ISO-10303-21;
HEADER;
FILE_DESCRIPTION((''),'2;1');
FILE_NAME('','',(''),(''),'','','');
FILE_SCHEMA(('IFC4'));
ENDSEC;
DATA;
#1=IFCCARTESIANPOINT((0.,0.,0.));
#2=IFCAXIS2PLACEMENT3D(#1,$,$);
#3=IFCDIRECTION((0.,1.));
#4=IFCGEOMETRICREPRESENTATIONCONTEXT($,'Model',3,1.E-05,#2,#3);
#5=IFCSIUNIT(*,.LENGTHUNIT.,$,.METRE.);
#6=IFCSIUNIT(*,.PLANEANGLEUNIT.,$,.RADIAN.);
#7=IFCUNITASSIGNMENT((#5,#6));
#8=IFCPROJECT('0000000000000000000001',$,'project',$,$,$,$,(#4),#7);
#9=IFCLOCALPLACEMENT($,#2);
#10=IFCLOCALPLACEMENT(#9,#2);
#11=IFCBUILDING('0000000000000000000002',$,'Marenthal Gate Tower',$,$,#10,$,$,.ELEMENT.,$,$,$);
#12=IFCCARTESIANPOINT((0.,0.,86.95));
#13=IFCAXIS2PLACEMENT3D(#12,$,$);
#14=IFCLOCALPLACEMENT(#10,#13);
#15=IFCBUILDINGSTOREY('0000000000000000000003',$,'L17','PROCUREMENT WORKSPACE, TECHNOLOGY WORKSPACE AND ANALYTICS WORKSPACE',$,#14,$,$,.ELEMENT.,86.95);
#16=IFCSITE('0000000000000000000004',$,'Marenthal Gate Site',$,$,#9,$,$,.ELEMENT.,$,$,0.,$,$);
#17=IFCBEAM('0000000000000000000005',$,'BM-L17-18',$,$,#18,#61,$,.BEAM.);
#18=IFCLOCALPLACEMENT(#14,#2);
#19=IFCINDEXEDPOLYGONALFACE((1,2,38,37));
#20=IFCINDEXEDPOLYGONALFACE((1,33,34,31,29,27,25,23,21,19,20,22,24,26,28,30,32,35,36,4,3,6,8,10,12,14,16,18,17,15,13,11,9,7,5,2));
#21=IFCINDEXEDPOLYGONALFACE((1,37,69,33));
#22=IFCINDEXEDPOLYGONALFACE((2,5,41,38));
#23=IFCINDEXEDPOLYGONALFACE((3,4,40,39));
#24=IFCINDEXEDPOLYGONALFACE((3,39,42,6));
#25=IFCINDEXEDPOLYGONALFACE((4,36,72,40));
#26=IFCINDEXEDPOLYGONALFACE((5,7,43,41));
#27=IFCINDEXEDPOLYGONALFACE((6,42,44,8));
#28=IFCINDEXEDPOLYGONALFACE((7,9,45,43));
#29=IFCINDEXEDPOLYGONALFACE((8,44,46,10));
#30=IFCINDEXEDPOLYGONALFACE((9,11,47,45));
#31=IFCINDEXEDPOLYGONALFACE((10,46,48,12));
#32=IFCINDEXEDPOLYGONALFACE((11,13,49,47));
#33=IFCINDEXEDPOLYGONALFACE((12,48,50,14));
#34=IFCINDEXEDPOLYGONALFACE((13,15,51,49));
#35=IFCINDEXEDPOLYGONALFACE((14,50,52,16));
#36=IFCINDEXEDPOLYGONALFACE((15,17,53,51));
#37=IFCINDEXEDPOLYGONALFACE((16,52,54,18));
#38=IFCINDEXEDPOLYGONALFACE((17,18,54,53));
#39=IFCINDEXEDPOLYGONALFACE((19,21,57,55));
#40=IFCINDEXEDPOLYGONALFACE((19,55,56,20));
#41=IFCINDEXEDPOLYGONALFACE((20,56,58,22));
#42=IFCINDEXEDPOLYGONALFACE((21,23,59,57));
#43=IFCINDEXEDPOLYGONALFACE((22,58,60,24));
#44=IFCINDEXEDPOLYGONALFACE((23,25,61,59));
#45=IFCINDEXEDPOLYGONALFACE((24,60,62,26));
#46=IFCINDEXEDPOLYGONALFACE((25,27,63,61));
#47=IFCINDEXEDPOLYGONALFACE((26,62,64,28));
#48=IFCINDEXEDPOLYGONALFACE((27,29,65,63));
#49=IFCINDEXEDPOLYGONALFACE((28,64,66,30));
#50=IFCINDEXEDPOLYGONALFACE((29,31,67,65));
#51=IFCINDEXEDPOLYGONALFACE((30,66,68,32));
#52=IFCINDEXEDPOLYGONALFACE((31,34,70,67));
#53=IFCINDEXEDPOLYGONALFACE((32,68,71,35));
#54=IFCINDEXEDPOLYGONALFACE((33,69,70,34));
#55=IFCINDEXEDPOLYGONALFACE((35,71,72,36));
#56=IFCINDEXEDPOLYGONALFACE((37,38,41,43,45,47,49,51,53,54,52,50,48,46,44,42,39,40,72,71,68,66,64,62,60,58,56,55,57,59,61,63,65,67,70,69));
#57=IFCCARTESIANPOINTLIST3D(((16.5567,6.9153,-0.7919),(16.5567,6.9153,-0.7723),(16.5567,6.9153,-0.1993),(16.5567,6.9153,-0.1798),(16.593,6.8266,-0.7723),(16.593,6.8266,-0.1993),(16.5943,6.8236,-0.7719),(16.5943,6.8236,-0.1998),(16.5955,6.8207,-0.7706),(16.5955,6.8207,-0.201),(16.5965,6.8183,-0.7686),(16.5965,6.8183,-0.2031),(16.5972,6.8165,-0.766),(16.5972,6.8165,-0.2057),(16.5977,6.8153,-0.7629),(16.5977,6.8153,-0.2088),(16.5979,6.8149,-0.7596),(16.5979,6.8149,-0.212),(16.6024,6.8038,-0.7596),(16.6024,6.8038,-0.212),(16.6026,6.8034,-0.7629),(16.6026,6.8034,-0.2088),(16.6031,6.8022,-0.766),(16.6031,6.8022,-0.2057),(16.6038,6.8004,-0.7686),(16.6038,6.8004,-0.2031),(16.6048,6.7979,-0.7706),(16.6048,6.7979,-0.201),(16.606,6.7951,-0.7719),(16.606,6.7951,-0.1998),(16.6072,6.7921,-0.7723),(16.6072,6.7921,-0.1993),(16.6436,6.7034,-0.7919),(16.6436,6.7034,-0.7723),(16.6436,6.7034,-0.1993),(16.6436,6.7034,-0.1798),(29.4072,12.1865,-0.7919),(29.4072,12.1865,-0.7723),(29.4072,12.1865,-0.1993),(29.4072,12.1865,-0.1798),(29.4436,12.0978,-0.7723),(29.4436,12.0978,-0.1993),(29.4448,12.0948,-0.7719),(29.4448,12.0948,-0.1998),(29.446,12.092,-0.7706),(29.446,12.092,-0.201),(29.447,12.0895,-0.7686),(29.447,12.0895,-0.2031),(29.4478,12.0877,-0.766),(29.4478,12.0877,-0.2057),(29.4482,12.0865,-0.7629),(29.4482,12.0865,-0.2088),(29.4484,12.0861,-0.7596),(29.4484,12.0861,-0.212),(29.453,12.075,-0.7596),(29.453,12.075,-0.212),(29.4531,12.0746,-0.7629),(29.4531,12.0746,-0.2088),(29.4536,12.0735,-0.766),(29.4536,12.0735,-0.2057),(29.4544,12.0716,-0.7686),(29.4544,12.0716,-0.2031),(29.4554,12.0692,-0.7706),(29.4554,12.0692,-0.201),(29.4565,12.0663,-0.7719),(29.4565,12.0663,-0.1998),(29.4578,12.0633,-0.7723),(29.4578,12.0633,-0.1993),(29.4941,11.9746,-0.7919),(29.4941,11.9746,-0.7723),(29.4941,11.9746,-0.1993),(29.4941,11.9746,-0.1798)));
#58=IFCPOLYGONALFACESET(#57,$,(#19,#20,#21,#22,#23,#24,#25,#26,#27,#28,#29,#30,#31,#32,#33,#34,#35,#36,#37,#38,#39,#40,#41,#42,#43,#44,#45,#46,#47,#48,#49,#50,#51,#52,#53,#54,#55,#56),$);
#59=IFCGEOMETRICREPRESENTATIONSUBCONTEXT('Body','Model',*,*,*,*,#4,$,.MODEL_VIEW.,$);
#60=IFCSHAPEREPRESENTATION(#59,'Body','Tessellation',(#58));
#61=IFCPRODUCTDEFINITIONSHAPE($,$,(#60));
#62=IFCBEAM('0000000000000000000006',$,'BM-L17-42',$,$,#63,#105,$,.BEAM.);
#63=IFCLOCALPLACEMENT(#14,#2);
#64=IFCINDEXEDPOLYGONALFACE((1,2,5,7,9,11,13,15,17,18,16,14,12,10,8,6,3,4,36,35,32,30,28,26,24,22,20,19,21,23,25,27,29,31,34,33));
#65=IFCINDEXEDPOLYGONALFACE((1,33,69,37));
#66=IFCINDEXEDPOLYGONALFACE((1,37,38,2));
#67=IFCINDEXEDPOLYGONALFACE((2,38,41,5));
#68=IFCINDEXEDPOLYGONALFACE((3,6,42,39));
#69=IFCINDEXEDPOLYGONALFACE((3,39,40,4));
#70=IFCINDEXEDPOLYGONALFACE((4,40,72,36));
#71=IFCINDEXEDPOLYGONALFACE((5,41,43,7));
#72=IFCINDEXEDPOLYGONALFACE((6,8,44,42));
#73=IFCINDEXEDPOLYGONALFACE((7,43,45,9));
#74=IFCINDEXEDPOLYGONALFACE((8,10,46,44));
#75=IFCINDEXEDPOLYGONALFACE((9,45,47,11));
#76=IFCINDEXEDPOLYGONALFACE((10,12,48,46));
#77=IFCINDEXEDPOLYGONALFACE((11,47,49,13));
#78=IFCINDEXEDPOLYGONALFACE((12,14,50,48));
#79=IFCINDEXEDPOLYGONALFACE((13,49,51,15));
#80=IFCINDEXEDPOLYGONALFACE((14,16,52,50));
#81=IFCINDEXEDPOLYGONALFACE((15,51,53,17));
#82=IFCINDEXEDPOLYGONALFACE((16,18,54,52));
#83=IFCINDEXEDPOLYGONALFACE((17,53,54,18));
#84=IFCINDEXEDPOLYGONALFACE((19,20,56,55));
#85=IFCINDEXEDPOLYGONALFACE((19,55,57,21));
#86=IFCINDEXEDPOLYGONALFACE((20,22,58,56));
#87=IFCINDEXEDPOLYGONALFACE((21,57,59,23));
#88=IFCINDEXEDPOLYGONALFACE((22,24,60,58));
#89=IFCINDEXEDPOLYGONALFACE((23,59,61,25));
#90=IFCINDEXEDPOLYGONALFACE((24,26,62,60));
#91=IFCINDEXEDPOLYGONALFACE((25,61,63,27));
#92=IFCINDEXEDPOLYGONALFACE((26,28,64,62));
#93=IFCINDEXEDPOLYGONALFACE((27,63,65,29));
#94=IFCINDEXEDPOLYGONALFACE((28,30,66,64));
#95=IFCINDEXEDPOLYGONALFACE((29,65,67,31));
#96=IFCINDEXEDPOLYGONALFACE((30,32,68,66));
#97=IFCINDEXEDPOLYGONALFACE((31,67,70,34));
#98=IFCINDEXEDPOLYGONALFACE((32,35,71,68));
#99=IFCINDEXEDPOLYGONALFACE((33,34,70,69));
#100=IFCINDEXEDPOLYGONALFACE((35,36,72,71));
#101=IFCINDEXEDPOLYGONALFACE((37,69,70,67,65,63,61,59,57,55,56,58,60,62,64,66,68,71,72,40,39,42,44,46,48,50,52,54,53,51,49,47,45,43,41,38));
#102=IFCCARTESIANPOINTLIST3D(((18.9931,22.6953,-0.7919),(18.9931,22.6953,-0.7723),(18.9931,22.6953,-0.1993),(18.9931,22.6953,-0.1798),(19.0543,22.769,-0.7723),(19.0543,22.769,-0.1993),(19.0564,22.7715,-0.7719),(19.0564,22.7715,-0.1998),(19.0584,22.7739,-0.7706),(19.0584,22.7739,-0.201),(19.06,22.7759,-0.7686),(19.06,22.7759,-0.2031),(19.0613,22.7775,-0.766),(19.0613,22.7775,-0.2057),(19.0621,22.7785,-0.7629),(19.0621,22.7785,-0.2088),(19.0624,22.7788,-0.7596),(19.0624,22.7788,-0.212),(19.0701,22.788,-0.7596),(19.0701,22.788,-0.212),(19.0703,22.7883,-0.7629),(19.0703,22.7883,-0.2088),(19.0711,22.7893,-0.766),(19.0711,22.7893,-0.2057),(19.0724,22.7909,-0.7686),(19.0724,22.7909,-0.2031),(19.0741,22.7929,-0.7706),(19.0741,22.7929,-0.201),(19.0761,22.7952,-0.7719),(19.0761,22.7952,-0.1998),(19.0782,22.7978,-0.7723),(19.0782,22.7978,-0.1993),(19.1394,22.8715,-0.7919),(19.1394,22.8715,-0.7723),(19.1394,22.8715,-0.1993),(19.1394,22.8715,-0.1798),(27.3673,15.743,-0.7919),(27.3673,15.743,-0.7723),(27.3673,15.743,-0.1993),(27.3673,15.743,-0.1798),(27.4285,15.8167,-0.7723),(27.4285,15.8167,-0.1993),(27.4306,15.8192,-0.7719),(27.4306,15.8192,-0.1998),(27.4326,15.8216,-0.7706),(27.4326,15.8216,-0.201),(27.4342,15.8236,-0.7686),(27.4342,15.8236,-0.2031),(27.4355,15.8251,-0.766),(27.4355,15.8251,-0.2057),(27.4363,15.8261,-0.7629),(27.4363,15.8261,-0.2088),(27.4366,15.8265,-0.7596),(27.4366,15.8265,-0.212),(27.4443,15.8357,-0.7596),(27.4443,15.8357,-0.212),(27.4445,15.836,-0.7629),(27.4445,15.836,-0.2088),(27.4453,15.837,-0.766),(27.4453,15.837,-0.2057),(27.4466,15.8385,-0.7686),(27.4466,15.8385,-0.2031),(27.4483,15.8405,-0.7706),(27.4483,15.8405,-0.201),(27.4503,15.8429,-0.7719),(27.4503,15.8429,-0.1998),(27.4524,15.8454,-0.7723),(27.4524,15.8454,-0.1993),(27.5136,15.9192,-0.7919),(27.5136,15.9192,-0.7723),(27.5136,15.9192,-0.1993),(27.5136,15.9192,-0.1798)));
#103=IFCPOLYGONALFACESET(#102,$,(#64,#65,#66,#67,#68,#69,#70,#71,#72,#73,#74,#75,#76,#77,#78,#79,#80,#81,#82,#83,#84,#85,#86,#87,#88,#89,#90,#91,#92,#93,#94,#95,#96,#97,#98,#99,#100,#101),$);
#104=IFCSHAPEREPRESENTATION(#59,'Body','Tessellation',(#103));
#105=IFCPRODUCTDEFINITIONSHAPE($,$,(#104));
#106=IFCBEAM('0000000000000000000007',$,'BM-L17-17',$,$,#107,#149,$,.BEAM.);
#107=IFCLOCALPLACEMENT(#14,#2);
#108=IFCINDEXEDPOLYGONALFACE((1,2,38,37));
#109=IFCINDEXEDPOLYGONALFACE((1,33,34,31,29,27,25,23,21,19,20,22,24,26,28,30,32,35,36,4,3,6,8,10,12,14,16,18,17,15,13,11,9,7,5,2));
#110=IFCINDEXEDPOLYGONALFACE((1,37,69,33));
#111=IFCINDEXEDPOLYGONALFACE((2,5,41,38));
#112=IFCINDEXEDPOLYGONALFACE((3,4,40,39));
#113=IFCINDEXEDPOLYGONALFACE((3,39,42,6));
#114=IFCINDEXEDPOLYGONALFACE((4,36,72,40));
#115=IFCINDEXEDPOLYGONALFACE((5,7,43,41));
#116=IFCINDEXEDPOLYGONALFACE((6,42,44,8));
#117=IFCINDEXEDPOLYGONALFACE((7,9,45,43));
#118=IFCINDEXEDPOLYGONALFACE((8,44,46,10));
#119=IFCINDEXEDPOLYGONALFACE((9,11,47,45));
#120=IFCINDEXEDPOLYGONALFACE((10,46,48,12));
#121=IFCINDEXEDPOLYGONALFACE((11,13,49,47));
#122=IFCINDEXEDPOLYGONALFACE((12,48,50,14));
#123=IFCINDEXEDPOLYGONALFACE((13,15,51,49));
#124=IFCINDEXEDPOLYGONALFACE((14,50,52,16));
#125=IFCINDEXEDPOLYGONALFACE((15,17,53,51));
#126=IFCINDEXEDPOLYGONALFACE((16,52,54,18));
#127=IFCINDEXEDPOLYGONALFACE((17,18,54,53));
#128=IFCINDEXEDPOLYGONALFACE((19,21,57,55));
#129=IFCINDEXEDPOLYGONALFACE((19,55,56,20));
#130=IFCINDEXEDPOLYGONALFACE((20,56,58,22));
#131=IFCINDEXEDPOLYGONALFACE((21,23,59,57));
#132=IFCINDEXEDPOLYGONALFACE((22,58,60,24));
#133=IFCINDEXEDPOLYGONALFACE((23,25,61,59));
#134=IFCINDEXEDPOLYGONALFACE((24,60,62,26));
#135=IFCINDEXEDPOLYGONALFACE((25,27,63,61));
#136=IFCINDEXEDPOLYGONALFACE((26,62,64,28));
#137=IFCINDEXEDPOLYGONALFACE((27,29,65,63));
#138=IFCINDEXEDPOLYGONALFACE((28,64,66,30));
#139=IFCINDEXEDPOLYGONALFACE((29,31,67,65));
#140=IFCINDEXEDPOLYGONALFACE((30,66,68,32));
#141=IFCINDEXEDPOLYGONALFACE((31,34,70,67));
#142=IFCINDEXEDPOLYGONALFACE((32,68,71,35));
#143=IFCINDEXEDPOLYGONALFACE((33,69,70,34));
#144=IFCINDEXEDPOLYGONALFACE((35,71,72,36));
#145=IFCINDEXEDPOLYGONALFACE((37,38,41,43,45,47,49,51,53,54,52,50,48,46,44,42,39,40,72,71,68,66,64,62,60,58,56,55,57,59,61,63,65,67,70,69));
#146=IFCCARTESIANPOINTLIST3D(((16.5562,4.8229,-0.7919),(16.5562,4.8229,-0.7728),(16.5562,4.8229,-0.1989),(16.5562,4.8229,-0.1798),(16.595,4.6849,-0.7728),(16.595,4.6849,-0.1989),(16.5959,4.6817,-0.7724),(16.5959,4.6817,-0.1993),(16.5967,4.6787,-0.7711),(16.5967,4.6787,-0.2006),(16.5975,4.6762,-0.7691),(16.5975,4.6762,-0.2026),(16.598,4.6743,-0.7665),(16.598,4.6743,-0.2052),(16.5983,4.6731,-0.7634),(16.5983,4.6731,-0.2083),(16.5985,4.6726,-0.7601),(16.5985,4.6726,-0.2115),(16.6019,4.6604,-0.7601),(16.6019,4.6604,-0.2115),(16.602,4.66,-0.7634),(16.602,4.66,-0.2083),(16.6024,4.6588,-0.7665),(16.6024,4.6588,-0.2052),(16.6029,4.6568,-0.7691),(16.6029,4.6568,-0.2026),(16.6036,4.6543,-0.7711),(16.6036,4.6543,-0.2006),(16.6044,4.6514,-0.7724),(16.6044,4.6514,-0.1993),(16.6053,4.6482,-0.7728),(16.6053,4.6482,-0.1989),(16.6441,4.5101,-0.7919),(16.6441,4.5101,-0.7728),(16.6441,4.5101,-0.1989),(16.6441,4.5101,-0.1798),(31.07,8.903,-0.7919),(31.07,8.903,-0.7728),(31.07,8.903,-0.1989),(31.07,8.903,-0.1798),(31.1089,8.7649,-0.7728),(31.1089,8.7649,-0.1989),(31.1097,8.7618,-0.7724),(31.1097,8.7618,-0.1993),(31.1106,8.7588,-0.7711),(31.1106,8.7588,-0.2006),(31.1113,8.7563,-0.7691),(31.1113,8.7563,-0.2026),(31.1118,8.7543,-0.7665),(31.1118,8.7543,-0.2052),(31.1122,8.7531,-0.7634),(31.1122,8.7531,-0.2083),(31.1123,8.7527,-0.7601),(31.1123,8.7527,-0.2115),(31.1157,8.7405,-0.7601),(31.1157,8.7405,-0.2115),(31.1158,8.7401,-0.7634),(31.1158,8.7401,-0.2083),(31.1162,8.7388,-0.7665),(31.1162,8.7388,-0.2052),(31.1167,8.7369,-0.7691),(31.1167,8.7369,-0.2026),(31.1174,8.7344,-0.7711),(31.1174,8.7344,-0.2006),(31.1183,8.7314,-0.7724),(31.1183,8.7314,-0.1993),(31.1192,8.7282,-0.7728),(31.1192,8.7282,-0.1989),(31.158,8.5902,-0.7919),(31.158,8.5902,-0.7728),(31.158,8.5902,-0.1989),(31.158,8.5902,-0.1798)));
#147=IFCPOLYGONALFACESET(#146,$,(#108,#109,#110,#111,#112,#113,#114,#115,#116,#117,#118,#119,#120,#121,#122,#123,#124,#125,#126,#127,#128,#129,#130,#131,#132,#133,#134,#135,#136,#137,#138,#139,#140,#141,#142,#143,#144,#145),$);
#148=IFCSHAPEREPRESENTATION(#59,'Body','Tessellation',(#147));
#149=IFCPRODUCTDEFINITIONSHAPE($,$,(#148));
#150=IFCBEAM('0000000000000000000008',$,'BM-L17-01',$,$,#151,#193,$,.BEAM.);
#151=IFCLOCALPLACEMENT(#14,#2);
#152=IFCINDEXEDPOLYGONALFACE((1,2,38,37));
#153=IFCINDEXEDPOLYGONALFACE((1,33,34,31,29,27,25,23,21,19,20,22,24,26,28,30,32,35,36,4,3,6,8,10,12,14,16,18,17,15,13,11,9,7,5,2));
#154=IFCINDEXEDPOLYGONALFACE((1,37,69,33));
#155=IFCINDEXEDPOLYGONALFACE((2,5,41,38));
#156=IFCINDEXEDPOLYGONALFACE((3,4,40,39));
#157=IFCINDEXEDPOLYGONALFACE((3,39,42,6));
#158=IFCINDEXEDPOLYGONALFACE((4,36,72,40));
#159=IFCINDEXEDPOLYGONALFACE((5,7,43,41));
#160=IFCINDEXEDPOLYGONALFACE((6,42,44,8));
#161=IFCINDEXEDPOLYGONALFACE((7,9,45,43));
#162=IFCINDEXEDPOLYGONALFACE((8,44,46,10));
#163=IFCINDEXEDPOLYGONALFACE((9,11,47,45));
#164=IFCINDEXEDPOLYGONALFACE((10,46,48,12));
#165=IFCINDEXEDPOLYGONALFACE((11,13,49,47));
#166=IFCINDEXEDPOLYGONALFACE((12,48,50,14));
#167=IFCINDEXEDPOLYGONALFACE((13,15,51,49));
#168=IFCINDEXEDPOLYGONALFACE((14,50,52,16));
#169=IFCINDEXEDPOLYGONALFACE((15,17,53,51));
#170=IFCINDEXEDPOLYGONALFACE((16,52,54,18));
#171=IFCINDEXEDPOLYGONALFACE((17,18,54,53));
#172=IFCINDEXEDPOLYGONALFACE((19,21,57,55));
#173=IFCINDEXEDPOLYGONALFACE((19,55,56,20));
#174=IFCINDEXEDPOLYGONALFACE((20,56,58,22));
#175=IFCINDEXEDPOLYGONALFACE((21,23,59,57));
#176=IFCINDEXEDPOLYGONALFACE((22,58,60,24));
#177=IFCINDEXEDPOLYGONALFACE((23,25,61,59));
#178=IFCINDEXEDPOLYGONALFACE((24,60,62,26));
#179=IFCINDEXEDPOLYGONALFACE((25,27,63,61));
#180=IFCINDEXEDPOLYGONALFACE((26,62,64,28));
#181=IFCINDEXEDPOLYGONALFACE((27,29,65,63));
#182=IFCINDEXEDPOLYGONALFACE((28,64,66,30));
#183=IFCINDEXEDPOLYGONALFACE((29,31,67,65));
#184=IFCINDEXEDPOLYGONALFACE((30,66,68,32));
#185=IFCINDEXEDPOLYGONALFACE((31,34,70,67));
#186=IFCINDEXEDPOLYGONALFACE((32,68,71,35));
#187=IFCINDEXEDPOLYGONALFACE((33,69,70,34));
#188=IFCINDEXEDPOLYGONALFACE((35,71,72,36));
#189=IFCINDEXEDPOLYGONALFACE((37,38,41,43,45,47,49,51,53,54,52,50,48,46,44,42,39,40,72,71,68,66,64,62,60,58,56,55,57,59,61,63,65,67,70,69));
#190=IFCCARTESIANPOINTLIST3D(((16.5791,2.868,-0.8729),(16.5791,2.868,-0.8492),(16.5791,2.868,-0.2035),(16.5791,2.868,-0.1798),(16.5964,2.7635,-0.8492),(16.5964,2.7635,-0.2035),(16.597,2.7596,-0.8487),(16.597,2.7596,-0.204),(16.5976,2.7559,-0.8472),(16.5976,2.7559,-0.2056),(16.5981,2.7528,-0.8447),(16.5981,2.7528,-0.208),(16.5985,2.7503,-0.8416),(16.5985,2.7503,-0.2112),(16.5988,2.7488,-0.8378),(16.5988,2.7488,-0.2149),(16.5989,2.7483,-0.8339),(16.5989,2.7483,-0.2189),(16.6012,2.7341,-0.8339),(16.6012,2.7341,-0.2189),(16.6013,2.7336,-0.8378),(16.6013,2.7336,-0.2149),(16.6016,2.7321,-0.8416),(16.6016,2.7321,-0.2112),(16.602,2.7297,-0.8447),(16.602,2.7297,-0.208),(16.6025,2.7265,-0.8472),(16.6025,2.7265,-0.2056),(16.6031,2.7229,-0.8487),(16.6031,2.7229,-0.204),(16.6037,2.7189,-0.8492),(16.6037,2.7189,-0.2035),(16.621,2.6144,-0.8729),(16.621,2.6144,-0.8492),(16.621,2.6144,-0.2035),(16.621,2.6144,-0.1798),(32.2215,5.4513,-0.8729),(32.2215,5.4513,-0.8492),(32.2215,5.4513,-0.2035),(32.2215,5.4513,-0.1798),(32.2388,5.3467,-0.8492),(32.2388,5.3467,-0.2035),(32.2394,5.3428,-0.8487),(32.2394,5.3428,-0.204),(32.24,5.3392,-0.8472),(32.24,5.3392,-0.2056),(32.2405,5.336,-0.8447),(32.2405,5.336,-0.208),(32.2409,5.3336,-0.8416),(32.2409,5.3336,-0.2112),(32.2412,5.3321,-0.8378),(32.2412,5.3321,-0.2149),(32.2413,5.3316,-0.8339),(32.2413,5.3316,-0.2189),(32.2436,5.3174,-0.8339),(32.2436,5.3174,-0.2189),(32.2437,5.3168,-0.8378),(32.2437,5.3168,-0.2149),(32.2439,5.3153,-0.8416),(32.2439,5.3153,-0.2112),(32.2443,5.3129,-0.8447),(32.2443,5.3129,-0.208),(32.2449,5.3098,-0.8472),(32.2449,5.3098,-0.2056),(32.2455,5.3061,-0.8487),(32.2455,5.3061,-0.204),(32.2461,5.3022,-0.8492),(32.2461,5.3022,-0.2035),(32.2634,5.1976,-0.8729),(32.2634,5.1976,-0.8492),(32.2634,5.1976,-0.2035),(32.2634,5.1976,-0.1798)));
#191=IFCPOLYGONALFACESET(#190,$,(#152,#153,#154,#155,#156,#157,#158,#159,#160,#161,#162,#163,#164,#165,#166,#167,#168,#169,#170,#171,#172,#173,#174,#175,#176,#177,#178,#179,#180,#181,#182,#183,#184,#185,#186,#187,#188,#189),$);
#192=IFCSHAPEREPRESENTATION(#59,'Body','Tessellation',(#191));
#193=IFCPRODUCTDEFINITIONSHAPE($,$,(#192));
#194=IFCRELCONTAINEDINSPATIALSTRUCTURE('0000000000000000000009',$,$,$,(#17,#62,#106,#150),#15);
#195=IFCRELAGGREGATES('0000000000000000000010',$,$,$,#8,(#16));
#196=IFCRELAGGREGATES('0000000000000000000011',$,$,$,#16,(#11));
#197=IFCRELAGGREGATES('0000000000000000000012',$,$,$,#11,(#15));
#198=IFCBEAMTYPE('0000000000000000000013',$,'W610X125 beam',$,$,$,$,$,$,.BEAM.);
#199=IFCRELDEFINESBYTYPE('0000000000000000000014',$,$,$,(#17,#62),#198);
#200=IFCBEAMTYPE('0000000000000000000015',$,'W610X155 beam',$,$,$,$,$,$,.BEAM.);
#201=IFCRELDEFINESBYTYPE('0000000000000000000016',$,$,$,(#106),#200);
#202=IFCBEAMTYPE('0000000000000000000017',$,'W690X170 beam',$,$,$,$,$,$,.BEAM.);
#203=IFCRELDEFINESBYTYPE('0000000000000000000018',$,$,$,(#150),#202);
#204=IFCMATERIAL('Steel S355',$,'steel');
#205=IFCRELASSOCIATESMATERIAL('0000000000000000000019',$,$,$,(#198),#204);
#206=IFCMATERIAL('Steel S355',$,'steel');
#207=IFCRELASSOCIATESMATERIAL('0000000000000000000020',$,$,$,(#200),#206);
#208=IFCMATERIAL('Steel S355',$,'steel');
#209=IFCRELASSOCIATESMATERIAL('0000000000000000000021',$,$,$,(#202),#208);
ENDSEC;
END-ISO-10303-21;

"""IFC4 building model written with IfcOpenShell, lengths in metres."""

from ifc_helpers import new_model, si_unit, direction, frame, origin, origin_2d, place, context, subcontext, project, spatial, i_section, extrude, material, material_profile, profile_set, type_object, element, save


model = new_model("IFC4")

# Units and contexts
model_context = context("Model", 3, precision=1e-05, world=origin(), true_north=direction((0.0, 1.0)))
body_context = subcontext(model_context, "Body", "Model", "MODEL_VIEW")
ifc_project = project(units=[si_unit("LENGTHUNIT", "METRE"), si_unit("PLANEANGLEUNIT", "RADIAN")], contexts=[model_context])

# Site, building, storey
site_placement = place(None, origin())
site = spatial("IfcSite", under=ifc_project, at=site_placement, Name="Marenthal Gate Site", CompositionType="ELEMENT", RefElevation=0.0)
building_placement = place(site_placement, origin())
building = spatial("IfcBuilding", under=site, at=building_placement, Name="Marenthal Gate Tower", CompositionType="ELEMENT")
storey_placement = place(building_placement, frame((0.0, 0.0, 86.95)))
storey = spatial("IfcBuildingStorey", under=building, at=storey_placement, Name="L17", Description="PROCUREMENT WORKSPACE, TECHNOLOGY WORKSPACE AND ANALYTICS WORKSPACE", CompositionType="ELEMENT", Elevation=86.95)

# Beams
ifc_material_1 = material(Name="Steel S355", Category="steel")
ifc_material_profile_1 = material_profile(ifc_material_1, i_section(OverallWidth=0.229, OverallDepth=0.6121, WebThickness=0.012, FlangeThickness=0.0195, FilletRadius=0.0127, at=origin_2d()), Name="W610X125")
ifc_profile_set_1 = profile_set([ifc_material_profile_1], Name="Steel S355")
beam_type_1 = type_object("IfcBeamType", Name="W610X125 beam", PredefinedType="BEAM", material=ifc_profile_set_1)
beam_1_placement = place(storey_placement, frame((29.4507, 12.0806, -0.4858), z_axis=(-0.925189, -0.379507, 0.0), x_axis=(0.379507, -0.925189, 0.0)))
element("IfcBeam", 1, at=beam_1_placement, inside=storey, type_object=beam_type_1, Name="BM-L17-18", PredefinedType="BEAM", context=body_context, shape_type="SweptSolid", body=[
    extrude(i_section(OverallWidth=0.229, OverallDepth=0.6121, WebThickness=0.012, FlangeThickness=0.0195, FilletRadius=0.0127, at=origin_2d()), origin(), (0.0, 0.0, 1.0), 13.8896),
])
beam_2_placement = place(storey_placement, frame((27.4404, 15.8311, -0.4858), z_axis=(-0.769402, 0.638765, 0.0), x_axis=(-0.638765, -0.769402, 0.0)))
element("IfcBeam", 2, at=beam_2_placement, inside=storey, type_object=beam_type_1, Name="BM-L17-42", PredefinedType="BEAM", context=body_context, shape_type="SweptSolid", body=[
    extrude(i_section(OverallWidth=0.229, OverallDepth=0.6121, WebThickness=0.012, FlangeThickness=0.0195, FilletRadius=0.0127, at=origin_2d()), origin(), (0.0, 0.0, 1.0), 10.884),
])
ifc_material_2 = material(Name="Steel S355", Category="steel")
ifc_material_profile_2 = material_profile(ifc_material_2, i_section(OverallWidth=0.325, OverallDepth=0.6121, WebThickness=0.0127, FlangeThickness=0.019, FilletRadius=0.0127, at=origin_2d()), Name="W610X155")
ifc_profile_set_2 = profile_set([ifc_material_profile_2], Name="Steel S355")
beam_type_2 = type_object("IfcBeamType", Name="W610X155 beam", PredefinedType="BEAM", material=ifc_profile_set_2)
beam_3_placement = place(storey_placement, frame((31.114, 8.7466, -0.4858), z_axis=(-0.962685, -0.270625, 0.0), x_axis=(0.270625, -0.962685, 0.0)))
element("IfcBeam", 3, at=beam_3_placement, inside=storey, type_object=beam_type_2, Name="BM-L17-17", PredefinedType="BEAM", context=body_context, shape_type="SweptSolid", body=[
    extrude(i_section(OverallWidth=0.325, OverallDepth=0.6121, WebThickness=0.0127, FlangeThickness=0.019, FilletRadius=0.0127, at=origin_2d()), origin(), (0.0, 0.0, 1.0), 15.0764),
])
ifc_material_3 = material(Name="Steel S355", Category="steel")
ifc_material_profile_3 = material_profile(ifc_material_3, i_section(OverallWidth=0.2571, OverallDepth=0.6931, WebThickness=0.0144, FlangeThickness=0.0237, FilletRadius=0.0154, at=origin_2d()), Name="W690X170")
ifc_profile_set_3 = profile_set([ifc_material_profile_3], Name="Steel S355")
beam_type_3 = type_object("IfcBeamType", Name="W690X170 beam", PredefinedType="BEAM", material=ifc_profile_set_3)
beam_4_placement = place(storey_placement, frame((32.2424, 5.3245, -0.5264), z_axis=(-0.986636, -0.162938, 0.0), x_axis=(0.162938, -0.986636, 0.0)))
element("IfcBeam", 4, at=beam_4_placement, inside=storey, type_object=beam_type_3, Name="BM-L17-01", PredefinedType="BEAM", context=body_context, shape_type="SweptSolid", body=[
    extrude(i_section(OverallWidth=0.2571, OverallDepth=0.6931, WebThickness=0.0144, FlangeThickness=0.0237, FilletRadius=0.0154, at=origin_2d()), origin(), (0.0, 0.0, 1.0), 15.8542),
])

save(model, "model.ifc")
